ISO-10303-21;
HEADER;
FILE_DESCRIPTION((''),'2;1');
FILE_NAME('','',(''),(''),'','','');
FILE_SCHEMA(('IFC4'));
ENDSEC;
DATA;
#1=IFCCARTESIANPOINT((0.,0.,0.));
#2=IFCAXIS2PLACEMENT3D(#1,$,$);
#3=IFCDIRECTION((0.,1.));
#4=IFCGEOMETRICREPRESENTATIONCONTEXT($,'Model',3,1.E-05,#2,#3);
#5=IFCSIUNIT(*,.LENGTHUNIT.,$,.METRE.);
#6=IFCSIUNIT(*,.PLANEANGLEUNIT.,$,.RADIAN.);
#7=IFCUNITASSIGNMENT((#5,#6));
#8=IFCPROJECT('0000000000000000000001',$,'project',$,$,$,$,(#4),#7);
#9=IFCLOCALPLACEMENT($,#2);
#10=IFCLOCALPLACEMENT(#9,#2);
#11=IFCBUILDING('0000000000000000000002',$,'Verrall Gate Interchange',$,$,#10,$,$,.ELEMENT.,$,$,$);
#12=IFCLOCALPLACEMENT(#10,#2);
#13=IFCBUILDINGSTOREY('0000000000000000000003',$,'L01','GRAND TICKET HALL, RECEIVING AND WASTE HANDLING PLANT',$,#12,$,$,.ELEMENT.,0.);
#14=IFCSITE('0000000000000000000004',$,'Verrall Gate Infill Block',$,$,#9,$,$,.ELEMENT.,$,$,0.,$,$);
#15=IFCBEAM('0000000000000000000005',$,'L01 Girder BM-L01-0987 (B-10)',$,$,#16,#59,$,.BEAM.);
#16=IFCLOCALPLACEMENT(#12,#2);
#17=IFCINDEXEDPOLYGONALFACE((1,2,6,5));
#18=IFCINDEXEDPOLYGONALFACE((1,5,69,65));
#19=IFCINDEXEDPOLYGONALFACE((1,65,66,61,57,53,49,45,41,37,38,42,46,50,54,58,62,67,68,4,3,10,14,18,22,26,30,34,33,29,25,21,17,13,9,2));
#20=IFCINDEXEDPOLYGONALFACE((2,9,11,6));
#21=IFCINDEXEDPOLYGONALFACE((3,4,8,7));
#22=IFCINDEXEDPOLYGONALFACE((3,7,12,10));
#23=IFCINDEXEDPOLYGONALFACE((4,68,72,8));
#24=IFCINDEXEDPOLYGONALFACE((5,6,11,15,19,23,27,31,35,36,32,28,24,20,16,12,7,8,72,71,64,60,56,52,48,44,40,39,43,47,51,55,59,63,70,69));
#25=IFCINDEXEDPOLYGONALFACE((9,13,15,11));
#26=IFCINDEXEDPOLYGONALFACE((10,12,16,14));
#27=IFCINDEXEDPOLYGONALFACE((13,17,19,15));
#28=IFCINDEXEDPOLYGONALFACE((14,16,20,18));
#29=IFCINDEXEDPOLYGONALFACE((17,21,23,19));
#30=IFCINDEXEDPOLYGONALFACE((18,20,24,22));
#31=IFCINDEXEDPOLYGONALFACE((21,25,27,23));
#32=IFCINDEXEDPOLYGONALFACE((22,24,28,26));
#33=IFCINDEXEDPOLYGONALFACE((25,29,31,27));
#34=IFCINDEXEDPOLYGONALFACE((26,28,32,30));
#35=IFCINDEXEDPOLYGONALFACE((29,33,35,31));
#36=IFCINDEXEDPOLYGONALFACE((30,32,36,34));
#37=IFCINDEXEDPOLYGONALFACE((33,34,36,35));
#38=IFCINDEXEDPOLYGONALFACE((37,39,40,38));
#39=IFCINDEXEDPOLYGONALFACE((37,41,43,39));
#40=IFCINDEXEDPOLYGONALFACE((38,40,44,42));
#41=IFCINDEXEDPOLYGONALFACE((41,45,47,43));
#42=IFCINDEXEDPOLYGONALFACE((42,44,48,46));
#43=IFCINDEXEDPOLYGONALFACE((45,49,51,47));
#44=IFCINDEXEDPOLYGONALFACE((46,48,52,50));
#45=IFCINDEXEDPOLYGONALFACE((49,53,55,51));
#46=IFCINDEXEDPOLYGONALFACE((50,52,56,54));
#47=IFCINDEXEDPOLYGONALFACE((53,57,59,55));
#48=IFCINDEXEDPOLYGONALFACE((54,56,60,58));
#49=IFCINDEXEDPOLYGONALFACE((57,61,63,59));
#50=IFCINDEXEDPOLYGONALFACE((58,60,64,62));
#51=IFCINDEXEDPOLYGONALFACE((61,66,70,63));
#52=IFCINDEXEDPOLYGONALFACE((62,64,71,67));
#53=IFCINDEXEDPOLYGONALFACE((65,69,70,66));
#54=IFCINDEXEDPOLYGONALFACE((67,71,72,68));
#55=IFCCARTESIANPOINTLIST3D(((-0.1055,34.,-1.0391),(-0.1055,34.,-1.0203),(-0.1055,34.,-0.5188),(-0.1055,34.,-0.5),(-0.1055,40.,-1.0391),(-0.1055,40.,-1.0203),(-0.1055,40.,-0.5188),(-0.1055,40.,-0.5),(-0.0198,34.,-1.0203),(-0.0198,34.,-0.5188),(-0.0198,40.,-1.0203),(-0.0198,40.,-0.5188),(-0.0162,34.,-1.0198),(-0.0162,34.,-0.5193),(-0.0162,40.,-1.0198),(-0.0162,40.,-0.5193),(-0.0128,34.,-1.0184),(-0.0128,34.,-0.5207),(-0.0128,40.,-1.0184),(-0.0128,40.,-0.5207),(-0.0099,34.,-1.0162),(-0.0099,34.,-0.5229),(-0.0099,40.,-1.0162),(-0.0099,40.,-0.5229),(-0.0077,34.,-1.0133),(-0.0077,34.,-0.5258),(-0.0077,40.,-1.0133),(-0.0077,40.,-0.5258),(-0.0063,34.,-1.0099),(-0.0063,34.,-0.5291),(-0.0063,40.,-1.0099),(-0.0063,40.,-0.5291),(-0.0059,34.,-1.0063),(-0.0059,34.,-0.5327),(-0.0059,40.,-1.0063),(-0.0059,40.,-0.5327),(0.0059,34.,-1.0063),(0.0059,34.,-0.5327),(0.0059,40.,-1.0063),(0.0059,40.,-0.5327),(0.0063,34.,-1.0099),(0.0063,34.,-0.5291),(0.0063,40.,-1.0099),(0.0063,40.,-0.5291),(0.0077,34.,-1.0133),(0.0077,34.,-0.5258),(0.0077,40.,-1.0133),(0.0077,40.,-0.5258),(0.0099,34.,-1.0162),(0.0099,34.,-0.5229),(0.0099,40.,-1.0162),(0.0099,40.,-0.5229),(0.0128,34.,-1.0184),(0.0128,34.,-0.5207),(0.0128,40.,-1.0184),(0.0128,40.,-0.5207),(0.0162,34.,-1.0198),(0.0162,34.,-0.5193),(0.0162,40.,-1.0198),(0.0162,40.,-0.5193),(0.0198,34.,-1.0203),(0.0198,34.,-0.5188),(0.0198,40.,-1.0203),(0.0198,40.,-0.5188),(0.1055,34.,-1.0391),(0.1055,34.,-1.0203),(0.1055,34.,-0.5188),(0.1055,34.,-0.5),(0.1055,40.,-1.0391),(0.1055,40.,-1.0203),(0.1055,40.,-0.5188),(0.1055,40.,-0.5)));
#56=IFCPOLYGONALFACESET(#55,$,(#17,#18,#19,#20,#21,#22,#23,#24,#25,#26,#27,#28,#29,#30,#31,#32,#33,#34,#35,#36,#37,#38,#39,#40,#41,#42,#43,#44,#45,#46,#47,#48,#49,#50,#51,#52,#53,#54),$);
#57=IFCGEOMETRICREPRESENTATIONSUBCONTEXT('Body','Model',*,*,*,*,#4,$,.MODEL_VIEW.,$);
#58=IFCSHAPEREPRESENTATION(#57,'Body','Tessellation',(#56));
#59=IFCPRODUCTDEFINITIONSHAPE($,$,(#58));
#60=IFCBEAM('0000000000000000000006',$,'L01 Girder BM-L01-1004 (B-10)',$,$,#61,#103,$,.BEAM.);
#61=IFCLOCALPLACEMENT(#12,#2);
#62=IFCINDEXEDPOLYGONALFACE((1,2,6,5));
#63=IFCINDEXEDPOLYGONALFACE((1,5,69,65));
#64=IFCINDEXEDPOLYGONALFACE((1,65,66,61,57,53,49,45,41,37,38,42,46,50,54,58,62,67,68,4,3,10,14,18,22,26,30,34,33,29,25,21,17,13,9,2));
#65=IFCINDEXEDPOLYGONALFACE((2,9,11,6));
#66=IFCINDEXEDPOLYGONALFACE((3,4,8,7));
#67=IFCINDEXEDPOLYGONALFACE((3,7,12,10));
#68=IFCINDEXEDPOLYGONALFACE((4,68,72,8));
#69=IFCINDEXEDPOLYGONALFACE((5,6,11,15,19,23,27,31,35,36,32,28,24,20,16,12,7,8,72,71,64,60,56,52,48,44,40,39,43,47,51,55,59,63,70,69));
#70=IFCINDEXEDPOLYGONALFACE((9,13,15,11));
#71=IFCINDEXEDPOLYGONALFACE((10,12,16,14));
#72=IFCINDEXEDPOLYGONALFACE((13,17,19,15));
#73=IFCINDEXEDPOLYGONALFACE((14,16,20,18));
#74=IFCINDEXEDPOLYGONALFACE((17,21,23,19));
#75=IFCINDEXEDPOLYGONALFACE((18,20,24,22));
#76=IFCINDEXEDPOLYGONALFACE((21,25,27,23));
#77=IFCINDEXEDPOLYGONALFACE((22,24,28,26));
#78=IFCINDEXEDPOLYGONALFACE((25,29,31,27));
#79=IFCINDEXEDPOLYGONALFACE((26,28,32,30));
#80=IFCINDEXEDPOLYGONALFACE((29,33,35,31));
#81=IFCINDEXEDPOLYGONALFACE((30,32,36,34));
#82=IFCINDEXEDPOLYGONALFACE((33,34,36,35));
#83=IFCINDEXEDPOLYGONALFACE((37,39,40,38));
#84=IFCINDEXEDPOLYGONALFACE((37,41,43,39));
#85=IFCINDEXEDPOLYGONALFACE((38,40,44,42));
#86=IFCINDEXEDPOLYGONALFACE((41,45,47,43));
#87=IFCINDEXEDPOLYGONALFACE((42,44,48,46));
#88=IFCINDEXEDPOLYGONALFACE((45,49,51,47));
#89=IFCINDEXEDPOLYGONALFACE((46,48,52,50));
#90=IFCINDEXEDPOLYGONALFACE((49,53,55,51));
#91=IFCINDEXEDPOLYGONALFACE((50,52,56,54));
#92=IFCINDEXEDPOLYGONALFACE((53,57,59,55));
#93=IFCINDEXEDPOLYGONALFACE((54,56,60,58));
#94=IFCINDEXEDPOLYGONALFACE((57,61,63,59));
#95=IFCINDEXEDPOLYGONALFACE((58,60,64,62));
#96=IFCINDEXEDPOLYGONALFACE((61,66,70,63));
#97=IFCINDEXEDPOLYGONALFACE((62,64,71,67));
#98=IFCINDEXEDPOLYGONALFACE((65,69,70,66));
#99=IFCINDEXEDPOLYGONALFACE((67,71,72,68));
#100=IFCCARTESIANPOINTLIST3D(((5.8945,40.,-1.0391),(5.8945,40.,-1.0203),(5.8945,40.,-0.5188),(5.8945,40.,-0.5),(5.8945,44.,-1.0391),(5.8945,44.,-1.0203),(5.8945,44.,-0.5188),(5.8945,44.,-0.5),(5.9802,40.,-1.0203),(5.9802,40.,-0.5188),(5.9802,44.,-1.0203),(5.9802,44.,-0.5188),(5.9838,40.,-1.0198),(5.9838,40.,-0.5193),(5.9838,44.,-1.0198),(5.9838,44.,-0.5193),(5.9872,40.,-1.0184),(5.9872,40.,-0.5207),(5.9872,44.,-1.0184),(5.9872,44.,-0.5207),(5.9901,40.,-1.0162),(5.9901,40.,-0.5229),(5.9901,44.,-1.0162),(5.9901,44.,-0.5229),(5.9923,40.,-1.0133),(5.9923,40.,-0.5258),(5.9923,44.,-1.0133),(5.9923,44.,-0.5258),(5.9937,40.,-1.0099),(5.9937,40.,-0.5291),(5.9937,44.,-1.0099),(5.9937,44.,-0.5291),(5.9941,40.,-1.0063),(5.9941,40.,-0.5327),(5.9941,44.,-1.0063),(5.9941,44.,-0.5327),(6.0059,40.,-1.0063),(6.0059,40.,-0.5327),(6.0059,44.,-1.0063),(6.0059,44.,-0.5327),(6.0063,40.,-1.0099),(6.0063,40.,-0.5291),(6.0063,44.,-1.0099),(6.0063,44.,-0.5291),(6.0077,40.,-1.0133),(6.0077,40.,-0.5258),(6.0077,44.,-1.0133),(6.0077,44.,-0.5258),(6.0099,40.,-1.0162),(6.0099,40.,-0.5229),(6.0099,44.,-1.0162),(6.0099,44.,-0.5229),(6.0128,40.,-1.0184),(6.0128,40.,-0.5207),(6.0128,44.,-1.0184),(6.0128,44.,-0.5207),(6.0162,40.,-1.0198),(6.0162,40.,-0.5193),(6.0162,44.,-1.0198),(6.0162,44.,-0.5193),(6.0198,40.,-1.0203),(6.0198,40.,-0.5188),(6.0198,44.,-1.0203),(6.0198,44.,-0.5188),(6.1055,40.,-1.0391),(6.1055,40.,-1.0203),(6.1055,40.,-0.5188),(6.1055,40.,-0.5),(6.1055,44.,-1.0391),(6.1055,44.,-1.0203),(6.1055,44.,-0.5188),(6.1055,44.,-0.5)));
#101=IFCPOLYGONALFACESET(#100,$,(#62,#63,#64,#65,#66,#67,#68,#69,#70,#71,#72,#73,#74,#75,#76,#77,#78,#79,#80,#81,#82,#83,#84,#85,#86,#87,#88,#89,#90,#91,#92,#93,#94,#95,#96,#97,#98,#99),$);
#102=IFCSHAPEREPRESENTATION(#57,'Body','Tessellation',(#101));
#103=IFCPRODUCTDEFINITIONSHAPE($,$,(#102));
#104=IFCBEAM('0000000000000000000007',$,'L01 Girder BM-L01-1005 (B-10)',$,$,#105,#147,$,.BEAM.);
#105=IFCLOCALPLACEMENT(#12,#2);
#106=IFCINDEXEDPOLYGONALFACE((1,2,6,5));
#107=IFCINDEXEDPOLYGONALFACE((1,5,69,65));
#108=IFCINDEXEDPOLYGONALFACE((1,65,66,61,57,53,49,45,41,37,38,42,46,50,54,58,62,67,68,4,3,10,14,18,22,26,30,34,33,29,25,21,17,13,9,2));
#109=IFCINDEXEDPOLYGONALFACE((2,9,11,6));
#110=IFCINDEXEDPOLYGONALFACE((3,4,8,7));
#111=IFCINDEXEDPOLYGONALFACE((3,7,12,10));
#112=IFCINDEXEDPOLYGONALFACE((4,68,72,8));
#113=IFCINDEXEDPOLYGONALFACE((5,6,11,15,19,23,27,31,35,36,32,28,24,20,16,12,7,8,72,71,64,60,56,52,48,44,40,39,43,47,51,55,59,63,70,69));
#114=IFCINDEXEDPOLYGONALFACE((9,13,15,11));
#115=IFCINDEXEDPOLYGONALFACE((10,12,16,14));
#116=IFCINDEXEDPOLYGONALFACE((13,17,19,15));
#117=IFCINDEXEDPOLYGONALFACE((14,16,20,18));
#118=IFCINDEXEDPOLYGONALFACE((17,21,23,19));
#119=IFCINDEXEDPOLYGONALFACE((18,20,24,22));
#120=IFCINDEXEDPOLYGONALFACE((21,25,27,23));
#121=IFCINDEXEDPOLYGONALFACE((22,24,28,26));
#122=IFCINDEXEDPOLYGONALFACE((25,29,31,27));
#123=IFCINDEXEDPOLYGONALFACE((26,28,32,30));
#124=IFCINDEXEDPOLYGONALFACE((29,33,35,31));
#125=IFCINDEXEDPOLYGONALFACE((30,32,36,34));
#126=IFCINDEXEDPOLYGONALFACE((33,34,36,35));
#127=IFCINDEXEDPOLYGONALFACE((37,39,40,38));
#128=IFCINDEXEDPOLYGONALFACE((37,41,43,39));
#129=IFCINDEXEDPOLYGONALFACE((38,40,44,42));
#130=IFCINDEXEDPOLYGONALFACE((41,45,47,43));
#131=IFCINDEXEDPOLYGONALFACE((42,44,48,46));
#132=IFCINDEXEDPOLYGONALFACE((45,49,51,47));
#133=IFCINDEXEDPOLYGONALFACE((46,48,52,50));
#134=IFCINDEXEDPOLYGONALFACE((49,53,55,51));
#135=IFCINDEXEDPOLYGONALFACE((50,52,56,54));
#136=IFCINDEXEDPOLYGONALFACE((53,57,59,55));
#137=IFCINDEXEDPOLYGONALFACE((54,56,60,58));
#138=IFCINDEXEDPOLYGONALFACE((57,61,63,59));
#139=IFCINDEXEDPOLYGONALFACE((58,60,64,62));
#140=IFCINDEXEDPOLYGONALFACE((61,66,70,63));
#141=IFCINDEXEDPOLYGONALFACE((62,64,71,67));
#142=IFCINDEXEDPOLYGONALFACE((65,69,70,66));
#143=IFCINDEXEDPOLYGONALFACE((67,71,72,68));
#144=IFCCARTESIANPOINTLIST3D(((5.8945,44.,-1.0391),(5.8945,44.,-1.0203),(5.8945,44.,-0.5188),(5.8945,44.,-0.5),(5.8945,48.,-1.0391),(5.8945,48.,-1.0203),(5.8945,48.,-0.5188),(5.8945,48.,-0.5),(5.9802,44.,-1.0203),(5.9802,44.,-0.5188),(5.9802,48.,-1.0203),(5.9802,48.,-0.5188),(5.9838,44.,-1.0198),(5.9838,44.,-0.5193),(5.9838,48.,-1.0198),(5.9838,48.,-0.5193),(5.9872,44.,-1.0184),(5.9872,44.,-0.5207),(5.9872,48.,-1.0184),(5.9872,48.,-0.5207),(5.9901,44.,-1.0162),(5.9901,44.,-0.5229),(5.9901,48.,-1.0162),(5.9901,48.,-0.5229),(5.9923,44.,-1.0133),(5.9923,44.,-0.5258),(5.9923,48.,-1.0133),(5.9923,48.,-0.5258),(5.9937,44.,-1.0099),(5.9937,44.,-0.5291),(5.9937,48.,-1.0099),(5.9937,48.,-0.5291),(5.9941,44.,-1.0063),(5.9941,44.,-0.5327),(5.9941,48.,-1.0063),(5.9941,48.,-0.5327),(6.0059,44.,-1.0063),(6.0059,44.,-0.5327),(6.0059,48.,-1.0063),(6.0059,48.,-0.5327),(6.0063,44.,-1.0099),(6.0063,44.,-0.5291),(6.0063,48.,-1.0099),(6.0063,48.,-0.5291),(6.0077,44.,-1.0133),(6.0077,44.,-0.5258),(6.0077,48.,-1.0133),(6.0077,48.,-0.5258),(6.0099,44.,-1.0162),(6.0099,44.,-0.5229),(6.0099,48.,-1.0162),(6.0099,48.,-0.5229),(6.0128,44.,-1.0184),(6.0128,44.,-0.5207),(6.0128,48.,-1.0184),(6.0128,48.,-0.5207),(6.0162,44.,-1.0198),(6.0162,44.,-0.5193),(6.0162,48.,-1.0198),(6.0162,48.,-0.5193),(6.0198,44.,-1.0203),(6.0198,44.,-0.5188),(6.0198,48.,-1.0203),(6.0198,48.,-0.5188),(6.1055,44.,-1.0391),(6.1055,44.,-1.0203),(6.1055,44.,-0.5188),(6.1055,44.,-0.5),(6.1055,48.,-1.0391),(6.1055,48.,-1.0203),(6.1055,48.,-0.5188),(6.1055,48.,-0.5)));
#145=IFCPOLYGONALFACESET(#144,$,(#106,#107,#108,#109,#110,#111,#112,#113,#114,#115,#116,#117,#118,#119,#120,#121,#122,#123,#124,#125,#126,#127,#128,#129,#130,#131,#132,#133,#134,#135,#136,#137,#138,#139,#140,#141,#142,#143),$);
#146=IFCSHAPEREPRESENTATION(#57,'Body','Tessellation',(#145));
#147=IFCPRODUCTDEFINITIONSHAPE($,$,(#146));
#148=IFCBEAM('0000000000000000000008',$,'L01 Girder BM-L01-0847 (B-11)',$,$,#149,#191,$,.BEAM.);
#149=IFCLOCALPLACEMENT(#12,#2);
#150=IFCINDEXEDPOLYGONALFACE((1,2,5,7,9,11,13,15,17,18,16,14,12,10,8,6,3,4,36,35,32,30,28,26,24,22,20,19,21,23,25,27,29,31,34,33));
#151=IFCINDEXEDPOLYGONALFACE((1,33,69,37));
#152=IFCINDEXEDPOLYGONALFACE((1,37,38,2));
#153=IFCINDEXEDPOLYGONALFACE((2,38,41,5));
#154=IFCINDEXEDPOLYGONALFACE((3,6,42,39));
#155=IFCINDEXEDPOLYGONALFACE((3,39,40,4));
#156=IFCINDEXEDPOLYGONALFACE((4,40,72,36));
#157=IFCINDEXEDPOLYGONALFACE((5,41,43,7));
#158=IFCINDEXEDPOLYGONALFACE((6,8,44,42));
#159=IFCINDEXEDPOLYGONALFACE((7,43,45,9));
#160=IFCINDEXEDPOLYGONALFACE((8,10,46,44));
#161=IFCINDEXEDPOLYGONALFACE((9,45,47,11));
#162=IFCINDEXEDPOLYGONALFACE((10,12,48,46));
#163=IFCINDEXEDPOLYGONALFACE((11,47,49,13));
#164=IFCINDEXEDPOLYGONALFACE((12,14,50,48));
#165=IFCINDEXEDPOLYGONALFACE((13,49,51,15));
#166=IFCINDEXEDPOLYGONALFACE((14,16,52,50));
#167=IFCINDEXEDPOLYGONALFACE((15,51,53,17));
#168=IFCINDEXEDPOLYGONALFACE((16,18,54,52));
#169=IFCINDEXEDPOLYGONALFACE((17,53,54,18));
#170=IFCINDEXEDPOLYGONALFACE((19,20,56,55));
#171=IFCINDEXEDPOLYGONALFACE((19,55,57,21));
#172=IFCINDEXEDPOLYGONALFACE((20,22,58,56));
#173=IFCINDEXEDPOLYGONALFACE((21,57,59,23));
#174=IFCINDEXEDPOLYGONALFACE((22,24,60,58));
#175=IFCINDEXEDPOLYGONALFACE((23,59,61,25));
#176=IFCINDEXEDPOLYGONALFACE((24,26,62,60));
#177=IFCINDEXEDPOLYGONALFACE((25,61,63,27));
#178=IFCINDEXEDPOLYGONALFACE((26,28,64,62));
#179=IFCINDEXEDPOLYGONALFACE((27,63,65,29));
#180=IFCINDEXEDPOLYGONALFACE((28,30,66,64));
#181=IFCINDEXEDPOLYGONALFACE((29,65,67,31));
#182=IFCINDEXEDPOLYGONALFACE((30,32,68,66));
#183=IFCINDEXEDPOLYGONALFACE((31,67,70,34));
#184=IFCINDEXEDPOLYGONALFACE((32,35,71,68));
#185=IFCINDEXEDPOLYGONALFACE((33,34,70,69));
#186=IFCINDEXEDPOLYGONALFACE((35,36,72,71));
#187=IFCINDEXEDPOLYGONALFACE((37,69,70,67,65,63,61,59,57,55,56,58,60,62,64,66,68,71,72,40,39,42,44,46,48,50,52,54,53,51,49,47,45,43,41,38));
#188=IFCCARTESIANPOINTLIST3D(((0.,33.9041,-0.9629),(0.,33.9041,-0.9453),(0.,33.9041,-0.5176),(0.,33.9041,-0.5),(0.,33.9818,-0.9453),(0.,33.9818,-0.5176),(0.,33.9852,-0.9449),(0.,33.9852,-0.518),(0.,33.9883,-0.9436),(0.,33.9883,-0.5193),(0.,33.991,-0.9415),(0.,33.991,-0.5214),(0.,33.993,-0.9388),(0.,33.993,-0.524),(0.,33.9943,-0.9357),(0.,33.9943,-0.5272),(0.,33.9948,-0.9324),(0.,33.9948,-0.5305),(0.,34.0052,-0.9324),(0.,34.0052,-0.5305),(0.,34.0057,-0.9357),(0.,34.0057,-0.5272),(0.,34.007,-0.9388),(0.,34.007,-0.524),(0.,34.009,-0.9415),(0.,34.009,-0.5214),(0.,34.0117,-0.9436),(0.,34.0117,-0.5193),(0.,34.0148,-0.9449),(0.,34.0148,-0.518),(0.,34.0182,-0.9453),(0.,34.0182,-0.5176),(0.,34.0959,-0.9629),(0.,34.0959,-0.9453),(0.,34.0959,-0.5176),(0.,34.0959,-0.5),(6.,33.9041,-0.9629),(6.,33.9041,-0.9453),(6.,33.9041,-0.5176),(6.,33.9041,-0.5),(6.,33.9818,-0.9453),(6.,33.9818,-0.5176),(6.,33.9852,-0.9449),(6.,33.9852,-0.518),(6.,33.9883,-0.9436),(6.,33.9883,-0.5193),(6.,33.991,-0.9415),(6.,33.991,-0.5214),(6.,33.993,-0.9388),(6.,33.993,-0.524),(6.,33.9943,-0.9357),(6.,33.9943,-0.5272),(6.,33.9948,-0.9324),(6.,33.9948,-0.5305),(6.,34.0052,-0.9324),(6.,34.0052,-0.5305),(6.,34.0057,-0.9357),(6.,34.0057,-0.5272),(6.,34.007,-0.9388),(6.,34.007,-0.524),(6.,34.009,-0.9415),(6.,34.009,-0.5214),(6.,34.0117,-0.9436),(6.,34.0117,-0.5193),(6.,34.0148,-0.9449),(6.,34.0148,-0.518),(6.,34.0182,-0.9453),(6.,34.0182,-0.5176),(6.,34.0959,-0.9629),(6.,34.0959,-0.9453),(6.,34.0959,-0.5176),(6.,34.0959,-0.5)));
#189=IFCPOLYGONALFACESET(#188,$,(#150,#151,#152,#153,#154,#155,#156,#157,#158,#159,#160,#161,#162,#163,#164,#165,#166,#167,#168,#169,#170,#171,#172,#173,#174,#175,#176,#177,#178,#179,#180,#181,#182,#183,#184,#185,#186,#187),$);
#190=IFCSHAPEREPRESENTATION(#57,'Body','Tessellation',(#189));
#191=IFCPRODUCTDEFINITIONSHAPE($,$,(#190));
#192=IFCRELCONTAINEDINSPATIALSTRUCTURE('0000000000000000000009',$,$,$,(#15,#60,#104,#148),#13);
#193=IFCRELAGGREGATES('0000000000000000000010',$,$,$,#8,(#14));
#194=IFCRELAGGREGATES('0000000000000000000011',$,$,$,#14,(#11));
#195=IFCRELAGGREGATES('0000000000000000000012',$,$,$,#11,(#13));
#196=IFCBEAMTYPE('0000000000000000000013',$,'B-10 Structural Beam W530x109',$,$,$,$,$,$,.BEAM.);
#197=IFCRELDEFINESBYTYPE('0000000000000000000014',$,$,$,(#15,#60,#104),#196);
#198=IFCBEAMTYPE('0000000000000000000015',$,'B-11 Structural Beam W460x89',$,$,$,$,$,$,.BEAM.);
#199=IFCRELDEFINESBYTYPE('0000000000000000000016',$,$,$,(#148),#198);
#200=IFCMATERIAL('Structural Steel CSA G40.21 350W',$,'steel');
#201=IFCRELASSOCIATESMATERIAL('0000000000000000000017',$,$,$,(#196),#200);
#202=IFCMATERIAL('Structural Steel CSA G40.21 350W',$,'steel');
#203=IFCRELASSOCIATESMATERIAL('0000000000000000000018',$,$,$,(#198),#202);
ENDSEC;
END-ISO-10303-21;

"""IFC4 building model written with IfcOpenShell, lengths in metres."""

from ifc_helpers import new_model, si_unit, direction, frame, origin, origin_2d, place, context, subcontext, project, spatial, i_section, extrude, material, material_profile, profile_set, type_object, element, save


model = new_model("IFC4")

# Units and contexts
model_context = context("Model", 3, precision=1e-05, world=origin(), true_north=direction((0.0, 1.0)))
body_context = subcontext(model_context, "Body", "Model", "MODEL_VIEW")
ifc_project = project(units=[si_unit("LENGTHUNIT", "METRE"), si_unit("PLANEANGLEUNIT", "RADIAN")], contexts=[model_context])

# Site, building, storey
site_placement = place(None, origin())
site = spatial("IfcSite", under=ifc_project, at=site_placement, Name="Verrall Gate Infill Block", CompositionType="ELEMENT", RefElevation=0.0)
building_placement = place(site_placement, origin())
building = spatial("IfcBuilding", under=site, at=building_placement, Name="Verrall Gate Interchange", CompositionType="ELEMENT")
storey_placement = place(building_placement, origin())
storey = spatial("IfcBuildingStorey", under=building, at=storey_placement, Name="L01", Description="GRAND TICKET HALL, RECEIVING AND WASTE HANDLING PLANT", CompositionType="ELEMENT", Elevation=0.0)

# Beams
ifc_material_1 = material(Name="Structural Steel CSA G40.21 350W", Category="steel")
ifc_material_profile_1 = material_profile(ifc_material_1, i_section(OverallWidth=0.2109, OverallDepth=0.5391, WebThickness=0.0117, FlangeThickness=0.0188, FilletRadius=0.0139, at=origin_2d()), Name="W530x109")
ifc_profile_set_1 = profile_set([ifc_material_profile_1], Name="Structural Steel CSA G40.21 350W")
beam_type_1 = type_object("IfcBeamType", Name="B-10 Structural Beam W530x109", PredefinedType="BEAM", material=ifc_profile_set_1)
beam_1_placement = place(storey_placement, frame((0.0, 34.0, -0.7695), z_axis=(0.0, 1.0, 0.0), x_axis=(-1.0, 0.0, 0.0)))
element("IfcBeam", 1, at=beam_1_placement, inside=storey, type_object=beam_type_1, Name="L01 Girder BM-L01-0987 (B-10)", PredefinedType="BEAM", context=body_context, shape_type="SweptSolid", body=[
    extrude(i_section(OverallWidth=0.2109, OverallDepth=0.5391, WebThickness=0.0117, FlangeThickness=0.0188, FilletRadius=0.0139, at=origin_2d()), origin(), (0.0, 0.0, 1.0), 6.0),
])
for number, where, z_axis, x_axis, name in (
    (2, (6.0, 40.0, -0.7695), (0.0, 1.0, 0.0), (-1.0, 0.0, 0.0), "L01 Girder BM-L01-1004 (B-10)"),
    (3, (6.0, 44.0, -0.7695), (0.0, 1.0, 0.0), (-1.0, 0.0, 0.0), "L01 Girder BM-L01-1005 (B-10)"),
):
    element("IfcBeam", number, at=place(storey_placement, frame(where, z_axis=z_axis, x_axis=x_axis)), inside=storey, type_object=beam_type_1, Name=name, PredefinedType="BEAM", context=body_context, shape_type="SweptSolid", body=[
        extrude(i_section(OverallWidth=0.2109, OverallDepth=0.5391, WebThickness=0.0117, FlangeThickness=0.0188, FilletRadius=0.0139, at=origin_2d()), origin(), (0.0, 0.0, 1.0), 4.0),
    ])
ifc_material_2 = material(Name="Structural Steel CSA G40.21 350W", Category="steel")
ifc_material_profile_2 = material_profile(ifc_material_2, i_section(OverallWidth=0.1919, OverallDepth=0.4629, WebThickness=0.0105, FlangeThickness=0.0176, FilletRadius=0.0129, at=origin_2d()), Name="W460x89")
ifc_profile_set_2 = profile_set([ifc_material_profile_2], Name="Structural Steel CSA G40.21 350W")
beam_type_2 = type_object("IfcBeamType", Name="B-11 Structural Beam W460x89", PredefinedType="BEAM", material=ifc_profile_set_2)
for number, where, z_axis, x_axis, name in (
    (4, (0.0, 34.0, -0.7314), (1.0, 0.0, 0.0), (0.0, 1.0, 0.0), "L01 Girder BM-L01-0847 (B-11)"),
):
    element("IfcBeam", number, at=place(storey_placement, frame(where, z_axis=z_axis, x_axis=x_axis)), inside=storey, type_object=beam_type_2, Name=name, PredefinedType="BEAM", context=body_context, shape_type="SweptSolid", body=[
        extrude(i_section(OverallWidth=0.1919, OverallDepth=0.4629, WebThickness=0.0105, FlangeThickness=0.0176, FilletRadius=0.0129, at=origin_2d()), origin(), (0.0, 0.0, 1.0), 6.0),
    ])

save(model, "model.ifc")
